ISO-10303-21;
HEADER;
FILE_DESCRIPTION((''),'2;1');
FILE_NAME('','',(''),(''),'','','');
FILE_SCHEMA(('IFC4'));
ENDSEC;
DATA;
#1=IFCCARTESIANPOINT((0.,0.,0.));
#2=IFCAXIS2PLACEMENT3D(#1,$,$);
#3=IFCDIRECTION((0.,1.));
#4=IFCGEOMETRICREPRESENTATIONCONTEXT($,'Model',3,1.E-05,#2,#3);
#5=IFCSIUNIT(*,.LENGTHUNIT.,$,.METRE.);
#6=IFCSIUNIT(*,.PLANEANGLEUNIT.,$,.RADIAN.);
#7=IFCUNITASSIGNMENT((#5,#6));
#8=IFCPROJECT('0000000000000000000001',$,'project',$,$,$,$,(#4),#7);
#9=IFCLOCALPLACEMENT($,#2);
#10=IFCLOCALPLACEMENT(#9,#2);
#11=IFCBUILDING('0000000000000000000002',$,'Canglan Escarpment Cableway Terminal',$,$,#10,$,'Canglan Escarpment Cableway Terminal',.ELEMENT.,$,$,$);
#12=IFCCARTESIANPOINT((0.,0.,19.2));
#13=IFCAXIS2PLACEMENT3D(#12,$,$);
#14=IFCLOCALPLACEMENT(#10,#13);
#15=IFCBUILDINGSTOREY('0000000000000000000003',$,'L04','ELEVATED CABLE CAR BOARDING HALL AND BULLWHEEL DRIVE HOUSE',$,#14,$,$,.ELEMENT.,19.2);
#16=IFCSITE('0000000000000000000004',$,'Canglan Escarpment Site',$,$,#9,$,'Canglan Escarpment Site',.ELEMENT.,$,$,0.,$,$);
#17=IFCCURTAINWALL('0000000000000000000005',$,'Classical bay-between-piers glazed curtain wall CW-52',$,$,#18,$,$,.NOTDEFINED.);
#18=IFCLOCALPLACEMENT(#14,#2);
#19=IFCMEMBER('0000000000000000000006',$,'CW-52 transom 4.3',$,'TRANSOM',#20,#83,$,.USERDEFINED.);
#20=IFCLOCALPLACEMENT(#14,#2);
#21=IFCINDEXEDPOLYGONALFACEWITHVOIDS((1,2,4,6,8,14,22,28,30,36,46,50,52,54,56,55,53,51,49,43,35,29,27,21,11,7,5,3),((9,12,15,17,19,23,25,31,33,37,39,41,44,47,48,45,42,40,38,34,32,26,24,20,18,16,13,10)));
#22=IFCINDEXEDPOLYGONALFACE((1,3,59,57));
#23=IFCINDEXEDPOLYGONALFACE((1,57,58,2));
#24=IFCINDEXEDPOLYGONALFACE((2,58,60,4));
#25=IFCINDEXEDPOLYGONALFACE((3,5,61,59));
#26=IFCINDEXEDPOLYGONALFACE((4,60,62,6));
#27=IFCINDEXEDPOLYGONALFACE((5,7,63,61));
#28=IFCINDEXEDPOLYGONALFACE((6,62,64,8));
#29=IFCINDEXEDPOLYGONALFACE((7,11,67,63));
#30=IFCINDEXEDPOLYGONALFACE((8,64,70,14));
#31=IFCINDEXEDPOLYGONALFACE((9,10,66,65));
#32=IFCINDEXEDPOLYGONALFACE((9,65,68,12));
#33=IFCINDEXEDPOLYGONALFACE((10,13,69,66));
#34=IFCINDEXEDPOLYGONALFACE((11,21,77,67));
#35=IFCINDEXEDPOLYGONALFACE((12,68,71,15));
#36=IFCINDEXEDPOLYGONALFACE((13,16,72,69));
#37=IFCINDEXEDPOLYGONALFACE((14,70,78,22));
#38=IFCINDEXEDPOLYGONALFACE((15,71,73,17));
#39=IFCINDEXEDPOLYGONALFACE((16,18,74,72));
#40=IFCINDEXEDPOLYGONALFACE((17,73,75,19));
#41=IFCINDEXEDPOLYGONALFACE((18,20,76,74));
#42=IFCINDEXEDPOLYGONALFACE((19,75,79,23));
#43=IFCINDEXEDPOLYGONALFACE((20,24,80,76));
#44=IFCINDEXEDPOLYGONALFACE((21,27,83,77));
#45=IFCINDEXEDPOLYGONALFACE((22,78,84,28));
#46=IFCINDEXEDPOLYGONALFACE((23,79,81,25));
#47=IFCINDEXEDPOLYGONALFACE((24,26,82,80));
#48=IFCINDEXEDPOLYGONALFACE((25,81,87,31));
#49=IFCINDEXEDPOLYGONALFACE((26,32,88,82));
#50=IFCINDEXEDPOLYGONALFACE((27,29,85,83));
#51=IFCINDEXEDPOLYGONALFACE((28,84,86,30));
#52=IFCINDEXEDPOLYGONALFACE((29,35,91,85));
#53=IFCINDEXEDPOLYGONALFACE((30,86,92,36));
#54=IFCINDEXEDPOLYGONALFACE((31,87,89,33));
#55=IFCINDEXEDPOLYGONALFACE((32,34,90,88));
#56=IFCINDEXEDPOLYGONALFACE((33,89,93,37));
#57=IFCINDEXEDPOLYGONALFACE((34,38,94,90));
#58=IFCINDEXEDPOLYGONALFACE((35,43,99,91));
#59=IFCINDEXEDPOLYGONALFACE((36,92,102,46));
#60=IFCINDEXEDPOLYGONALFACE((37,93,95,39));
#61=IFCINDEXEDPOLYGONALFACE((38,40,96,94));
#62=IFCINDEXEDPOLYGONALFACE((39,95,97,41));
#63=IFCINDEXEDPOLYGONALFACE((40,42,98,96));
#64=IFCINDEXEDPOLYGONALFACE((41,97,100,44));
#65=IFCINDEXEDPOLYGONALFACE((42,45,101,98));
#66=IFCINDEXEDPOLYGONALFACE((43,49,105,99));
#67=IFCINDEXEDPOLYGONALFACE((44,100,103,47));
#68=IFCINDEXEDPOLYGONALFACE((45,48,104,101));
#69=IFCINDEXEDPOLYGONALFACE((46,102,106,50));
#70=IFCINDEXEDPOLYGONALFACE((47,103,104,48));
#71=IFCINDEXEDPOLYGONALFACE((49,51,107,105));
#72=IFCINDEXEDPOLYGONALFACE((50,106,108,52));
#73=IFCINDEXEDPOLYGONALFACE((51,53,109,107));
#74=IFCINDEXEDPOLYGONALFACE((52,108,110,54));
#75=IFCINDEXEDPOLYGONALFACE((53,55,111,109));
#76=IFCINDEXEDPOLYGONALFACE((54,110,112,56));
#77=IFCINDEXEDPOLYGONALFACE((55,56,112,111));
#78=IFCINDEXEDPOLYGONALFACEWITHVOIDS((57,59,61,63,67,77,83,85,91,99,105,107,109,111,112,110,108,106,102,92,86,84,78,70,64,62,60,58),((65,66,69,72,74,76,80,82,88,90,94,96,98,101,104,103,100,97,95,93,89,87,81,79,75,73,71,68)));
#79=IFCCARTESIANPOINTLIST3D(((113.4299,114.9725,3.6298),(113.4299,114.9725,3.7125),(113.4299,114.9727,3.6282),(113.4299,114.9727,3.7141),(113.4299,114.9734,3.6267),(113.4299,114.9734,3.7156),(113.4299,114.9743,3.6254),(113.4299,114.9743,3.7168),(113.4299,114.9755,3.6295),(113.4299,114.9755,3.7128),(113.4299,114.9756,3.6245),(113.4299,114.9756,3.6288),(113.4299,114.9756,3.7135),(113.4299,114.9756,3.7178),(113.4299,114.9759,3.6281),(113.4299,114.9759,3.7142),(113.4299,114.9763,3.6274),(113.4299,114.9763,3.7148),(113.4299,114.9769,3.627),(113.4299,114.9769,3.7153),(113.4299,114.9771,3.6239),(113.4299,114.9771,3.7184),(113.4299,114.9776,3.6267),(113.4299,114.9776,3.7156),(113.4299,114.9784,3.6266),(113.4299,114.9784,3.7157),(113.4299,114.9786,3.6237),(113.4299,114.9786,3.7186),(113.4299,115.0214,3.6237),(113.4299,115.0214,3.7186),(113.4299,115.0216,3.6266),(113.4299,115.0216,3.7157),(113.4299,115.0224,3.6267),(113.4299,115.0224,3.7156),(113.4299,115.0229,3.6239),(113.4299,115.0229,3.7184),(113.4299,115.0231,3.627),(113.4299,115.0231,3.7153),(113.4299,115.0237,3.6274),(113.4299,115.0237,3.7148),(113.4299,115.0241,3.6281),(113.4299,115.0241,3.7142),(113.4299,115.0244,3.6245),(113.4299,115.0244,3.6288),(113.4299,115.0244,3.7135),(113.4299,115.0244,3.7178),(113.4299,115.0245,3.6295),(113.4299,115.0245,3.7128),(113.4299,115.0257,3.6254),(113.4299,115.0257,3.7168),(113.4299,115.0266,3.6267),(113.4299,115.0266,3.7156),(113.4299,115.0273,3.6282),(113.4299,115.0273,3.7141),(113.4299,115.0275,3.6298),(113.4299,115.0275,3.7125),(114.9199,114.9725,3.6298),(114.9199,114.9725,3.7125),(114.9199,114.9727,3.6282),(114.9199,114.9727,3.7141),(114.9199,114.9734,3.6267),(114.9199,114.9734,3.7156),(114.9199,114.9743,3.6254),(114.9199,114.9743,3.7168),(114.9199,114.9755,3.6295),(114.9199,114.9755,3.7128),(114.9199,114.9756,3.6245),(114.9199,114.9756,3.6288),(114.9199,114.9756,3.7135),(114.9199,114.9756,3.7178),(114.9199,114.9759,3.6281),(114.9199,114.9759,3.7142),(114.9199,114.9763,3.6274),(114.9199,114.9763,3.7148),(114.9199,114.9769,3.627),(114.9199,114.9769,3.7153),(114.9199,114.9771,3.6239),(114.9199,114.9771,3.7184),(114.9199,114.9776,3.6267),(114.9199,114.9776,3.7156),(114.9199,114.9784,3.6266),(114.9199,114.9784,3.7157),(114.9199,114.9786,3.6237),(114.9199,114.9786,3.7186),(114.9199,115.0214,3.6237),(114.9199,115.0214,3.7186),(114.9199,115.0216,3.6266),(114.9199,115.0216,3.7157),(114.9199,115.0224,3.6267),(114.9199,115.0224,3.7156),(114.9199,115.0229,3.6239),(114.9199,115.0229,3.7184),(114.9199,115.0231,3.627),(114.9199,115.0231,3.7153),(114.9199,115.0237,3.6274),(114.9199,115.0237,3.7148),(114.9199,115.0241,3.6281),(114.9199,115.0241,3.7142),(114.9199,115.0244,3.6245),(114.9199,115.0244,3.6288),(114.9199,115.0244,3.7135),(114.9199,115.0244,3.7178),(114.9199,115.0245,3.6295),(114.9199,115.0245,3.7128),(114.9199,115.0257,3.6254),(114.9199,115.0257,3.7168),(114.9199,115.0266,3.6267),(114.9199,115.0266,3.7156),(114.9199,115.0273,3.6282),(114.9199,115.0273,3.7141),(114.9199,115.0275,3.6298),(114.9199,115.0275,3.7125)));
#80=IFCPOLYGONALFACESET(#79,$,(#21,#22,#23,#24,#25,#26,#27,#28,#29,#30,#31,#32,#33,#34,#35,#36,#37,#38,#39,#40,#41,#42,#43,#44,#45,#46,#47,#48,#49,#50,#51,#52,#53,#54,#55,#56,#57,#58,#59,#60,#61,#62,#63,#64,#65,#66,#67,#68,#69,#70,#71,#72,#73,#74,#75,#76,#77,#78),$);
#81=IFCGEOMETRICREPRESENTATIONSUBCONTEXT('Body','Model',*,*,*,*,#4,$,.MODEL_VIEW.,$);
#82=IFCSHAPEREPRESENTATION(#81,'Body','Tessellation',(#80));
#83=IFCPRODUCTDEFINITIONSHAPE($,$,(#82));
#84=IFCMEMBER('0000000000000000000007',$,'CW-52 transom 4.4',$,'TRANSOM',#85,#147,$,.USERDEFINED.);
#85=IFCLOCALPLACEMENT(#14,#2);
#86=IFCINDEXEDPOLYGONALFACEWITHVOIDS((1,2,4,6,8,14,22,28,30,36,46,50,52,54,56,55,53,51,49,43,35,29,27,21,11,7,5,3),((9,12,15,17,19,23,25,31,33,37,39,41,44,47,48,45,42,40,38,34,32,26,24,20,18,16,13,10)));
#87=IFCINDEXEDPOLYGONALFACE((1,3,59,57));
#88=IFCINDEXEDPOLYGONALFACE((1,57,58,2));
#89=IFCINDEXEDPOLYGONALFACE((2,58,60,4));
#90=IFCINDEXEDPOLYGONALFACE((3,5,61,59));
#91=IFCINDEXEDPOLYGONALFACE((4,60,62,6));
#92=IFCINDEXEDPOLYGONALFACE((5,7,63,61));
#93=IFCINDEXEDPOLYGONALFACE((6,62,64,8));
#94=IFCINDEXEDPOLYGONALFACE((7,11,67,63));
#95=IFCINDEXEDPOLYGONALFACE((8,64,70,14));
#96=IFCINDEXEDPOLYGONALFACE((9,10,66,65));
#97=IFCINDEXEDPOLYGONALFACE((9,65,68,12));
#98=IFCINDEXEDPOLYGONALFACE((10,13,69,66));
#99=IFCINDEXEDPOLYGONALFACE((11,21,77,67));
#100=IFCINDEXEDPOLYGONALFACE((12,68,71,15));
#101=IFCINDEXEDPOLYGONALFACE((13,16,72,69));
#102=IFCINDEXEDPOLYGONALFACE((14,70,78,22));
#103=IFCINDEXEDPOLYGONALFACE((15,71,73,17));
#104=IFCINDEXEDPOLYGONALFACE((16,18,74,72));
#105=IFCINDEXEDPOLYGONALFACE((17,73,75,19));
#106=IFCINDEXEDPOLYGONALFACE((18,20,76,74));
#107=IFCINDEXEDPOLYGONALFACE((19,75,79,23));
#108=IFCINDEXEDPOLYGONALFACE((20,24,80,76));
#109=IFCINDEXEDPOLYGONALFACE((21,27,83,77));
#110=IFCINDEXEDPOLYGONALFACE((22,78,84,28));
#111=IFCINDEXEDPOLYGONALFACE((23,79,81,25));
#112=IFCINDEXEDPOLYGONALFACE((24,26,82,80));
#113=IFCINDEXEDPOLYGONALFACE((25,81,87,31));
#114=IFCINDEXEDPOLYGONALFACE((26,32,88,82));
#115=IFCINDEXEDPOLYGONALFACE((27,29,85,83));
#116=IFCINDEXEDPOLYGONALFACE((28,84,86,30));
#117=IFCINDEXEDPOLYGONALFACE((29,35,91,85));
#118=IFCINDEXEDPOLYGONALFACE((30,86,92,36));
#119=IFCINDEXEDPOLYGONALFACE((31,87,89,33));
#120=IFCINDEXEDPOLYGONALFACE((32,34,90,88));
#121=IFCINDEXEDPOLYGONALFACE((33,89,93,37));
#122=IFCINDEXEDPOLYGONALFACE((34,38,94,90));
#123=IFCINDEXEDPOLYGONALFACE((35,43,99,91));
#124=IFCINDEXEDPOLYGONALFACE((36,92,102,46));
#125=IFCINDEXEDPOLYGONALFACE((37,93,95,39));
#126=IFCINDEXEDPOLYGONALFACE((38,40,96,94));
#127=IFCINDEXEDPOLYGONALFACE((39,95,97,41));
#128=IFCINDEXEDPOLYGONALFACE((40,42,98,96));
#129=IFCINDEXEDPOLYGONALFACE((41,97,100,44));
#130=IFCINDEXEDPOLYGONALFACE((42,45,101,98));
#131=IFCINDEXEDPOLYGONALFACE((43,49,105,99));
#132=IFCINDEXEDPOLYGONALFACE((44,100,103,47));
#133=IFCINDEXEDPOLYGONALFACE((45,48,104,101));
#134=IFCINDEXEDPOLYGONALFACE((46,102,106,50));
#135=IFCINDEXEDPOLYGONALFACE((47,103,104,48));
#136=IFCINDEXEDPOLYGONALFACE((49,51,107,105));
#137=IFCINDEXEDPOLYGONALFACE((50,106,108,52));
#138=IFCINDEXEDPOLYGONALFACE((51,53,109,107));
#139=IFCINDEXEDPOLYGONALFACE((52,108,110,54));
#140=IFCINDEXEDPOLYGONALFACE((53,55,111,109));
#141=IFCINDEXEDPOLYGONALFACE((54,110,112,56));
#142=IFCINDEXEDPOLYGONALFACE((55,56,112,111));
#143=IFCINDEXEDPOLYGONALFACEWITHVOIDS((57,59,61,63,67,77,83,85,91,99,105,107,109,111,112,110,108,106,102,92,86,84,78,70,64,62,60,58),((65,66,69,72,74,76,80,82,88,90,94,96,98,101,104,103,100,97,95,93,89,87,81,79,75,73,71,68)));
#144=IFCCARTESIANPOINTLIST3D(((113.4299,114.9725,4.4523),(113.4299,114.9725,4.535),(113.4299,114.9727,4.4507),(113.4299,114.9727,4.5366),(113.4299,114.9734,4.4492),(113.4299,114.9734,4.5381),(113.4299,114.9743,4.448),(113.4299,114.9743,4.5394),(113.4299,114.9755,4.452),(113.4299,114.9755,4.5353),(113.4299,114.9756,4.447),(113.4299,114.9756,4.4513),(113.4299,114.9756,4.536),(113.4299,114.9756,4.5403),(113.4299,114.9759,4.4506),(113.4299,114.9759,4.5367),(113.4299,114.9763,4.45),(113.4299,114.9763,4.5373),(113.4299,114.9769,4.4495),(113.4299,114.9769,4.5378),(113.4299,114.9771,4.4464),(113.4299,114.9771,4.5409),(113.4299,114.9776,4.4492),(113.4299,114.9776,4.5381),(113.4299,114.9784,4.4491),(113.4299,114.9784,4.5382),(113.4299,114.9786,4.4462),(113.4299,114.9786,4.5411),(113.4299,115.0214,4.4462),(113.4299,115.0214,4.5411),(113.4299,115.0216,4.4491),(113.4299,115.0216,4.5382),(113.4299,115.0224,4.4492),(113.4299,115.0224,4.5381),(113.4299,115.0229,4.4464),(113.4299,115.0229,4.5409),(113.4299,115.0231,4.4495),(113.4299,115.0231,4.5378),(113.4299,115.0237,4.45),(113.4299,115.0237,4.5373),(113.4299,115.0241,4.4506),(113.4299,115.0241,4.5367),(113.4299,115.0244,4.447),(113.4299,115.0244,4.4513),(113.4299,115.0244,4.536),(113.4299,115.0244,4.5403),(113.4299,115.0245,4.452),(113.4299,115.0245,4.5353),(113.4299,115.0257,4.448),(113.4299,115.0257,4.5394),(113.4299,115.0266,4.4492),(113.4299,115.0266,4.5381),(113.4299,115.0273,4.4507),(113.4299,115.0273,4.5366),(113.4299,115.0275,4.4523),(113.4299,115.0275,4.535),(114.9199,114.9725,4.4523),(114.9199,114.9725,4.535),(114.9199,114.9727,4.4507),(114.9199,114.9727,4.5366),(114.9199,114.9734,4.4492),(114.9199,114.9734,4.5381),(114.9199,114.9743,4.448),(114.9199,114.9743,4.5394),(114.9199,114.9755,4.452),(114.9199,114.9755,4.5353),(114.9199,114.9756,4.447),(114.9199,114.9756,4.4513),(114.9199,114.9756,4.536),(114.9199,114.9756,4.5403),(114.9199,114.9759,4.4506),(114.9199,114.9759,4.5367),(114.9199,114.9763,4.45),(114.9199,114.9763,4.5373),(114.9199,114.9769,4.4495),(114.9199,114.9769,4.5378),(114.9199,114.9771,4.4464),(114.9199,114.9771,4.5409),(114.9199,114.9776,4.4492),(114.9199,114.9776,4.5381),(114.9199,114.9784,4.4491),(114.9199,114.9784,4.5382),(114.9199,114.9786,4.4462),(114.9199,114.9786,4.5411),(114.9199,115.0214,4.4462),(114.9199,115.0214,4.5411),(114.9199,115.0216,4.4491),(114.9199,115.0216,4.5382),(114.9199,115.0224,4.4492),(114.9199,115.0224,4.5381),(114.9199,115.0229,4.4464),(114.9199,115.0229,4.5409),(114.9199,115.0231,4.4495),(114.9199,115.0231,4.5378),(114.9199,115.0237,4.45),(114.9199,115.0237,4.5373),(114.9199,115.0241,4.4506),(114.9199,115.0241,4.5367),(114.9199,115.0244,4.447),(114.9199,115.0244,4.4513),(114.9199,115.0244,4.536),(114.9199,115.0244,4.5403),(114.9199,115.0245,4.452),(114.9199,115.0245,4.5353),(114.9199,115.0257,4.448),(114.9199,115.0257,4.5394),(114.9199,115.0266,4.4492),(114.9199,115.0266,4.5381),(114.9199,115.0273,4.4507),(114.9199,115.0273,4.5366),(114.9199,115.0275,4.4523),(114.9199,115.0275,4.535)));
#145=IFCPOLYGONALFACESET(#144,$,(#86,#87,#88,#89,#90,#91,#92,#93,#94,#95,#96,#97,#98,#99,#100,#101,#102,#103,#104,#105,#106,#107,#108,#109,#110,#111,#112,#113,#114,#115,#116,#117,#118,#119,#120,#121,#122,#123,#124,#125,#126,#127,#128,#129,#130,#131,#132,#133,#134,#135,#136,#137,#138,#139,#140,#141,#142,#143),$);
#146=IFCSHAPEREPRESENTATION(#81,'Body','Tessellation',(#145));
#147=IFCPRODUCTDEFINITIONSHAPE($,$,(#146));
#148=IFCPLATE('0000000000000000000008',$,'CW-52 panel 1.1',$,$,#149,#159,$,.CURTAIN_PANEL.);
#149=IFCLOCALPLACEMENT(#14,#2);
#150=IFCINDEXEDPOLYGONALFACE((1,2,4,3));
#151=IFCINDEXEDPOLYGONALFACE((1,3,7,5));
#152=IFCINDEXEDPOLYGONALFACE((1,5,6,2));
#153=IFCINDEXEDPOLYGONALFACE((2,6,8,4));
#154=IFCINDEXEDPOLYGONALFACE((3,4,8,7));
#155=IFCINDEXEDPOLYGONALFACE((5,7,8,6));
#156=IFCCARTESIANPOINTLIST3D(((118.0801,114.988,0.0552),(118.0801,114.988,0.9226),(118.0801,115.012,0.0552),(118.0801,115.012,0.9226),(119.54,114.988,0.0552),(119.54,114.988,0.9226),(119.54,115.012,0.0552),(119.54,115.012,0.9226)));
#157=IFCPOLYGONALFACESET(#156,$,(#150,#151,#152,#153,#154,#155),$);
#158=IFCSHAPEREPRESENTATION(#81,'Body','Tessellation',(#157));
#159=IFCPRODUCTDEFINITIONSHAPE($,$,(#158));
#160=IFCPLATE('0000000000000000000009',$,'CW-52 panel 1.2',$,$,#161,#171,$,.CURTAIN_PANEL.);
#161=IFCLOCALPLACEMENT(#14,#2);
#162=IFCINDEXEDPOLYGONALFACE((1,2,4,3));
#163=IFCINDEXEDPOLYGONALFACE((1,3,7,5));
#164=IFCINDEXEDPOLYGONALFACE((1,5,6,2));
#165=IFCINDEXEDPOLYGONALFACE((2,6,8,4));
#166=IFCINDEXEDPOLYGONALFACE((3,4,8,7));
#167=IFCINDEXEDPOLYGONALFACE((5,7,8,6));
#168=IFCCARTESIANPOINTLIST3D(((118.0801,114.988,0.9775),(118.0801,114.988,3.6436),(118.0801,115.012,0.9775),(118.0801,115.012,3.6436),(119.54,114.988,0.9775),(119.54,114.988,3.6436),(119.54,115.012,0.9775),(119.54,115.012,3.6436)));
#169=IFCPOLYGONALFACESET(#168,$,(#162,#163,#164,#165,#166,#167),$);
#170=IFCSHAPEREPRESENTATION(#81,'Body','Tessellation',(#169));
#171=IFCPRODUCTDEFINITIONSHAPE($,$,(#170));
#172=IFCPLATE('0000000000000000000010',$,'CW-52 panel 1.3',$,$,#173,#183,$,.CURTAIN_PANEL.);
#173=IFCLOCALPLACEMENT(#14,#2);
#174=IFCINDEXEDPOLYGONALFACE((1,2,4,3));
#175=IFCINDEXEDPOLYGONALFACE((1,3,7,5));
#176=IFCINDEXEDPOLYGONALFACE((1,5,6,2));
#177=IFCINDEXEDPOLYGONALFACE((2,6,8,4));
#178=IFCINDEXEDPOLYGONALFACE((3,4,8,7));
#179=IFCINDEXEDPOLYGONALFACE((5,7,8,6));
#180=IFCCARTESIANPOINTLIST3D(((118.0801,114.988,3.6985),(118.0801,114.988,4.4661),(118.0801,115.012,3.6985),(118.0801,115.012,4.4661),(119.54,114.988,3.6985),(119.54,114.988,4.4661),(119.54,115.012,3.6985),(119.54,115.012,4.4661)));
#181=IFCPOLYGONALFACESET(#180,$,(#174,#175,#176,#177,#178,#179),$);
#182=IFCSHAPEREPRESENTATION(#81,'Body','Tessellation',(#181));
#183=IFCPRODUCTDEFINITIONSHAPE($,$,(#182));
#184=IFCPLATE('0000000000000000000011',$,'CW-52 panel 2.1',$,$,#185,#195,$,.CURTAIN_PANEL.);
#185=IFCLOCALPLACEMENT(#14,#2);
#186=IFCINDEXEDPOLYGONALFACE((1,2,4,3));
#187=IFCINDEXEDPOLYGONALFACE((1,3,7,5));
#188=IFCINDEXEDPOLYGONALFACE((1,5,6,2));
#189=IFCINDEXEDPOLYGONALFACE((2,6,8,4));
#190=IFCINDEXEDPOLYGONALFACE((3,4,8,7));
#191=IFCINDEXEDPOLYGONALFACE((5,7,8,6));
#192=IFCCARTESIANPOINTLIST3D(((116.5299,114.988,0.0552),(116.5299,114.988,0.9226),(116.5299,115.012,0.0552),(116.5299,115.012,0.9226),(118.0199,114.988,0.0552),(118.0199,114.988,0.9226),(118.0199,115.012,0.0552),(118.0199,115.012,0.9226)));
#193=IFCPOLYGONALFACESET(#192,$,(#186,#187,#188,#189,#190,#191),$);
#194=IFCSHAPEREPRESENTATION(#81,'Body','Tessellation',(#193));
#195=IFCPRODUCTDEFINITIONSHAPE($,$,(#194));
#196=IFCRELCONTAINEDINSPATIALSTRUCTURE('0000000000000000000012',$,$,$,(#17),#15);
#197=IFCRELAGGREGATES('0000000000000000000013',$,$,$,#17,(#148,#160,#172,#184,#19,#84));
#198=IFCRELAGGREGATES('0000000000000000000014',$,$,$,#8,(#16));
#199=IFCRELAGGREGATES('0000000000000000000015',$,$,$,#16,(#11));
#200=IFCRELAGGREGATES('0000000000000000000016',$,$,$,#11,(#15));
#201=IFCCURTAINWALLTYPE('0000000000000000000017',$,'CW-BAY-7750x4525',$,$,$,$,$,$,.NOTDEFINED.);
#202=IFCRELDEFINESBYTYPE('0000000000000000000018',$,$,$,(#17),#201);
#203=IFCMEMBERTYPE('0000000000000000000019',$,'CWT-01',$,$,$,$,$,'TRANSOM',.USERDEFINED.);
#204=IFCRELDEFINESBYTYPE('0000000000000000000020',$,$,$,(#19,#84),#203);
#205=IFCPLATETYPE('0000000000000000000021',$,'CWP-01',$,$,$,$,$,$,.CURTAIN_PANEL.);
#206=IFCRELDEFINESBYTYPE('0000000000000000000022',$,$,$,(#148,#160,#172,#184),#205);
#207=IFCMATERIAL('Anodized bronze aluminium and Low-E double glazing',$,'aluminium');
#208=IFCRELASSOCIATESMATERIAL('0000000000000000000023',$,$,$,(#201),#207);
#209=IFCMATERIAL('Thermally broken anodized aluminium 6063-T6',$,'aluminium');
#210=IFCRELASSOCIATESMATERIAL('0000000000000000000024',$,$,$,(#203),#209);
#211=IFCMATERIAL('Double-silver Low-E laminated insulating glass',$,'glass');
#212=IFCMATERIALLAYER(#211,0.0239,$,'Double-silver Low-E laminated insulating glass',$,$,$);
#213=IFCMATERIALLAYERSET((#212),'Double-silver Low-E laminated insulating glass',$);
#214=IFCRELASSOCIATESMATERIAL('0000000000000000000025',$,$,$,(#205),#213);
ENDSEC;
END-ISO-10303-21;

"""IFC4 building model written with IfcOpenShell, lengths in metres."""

from ifc_helpers import new_model, si_unit, direction, frame, origin, origin_2d, place, context, subcontext, project, spatial, rectangle, hollow_rectangle, extrude, material, layer, layer_set, material_profile, profile_set, type_object, element, aggregate, save


model = new_model("IFC4")

# Units and contexts
model_context = context("Model", 3, precision=1e-05, world=origin(), true_north=direction((0.0, 1.0)))
body_context = subcontext(model_context, "Body", "Model", "MODEL_VIEW")
ifc_project = project(units=[si_unit("LENGTHUNIT", "METRE"), si_unit("PLANEANGLEUNIT", "RADIAN")], contexts=[model_context])

# Site, building, storey
site_placement = place(None, origin())
site = spatial("IfcSite", under=ifc_project, at=site_placement, Name="Canglan Escarpment Site", LongName="Canglan Escarpment Site", CompositionType="ELEMENT", RefElevation=0.0)
building_placement = place(site_placement, origin())
building = spatial("IfcBuilding", under=site, at=building_placement, Name="Canglan Escarpment Cableway Terminal", LongName="Canglan Escarpment Cableway Terminal", CompositionType="ELEMENT")
storey_placement = place(building_placement, frame((0.0, 0.0, 19.2)))
storey = spatial("IfcBuildingStorey", under=building, at=storey_placement, Name="L04", Description="ELEVATED CABLE CAR BOARDING HALL AND BULLWHEEL DRIVE HOUSE", CompositionType="ELEMENT", Elevation=19.2)

# Curtain wall, members, plates
ifc_material_1 = material(Name="Anodized bronze aluminium and Low-E double glazing", Category="aluminium")
curtain_wall_type = type_object("IfcCurtainWallType", Name="CW-BAY-7750x4525", PredefinedType="NOTDEFINED", material=ifc_material_1)
curtain_wall_placement = place(storey_placement, origin())
curtain_wall = element("IfcCurtainWall", 1, at=curtain_wall_placement, inside=storey, type_object=curtain_wall_type, Name="Classical bay-between-piers glazed curtain wall CW-52", PredefinedType="NOTDEFINED")
ifc_material_2 = material(Name="Thermally broken anodized aluminium 6063-T6", Category="aluminium")
ifc_material_profile_1 = material_profile(ifc_material_2, hollow_rectangle(XDim=0.0549, YDim=0.095, WallThickness=0.0029, InnerFilletRadius=0.0029, OuterFilletRadius=0.0061, at=origin_2d()), Name="ALU-TRAN 55x95x3")
ifc_profile_set_1 = profile_set([ifc_material_profile_1], Name="Thermally broken anodized aluminium 6063-T6")
member_type_1 = type_object("IfcMemberType", Name="CWT-01", ElementType="TRANSOM", PredefinedType="USERDEFINED", material=ifc_profile_set_1)
member_1_placement = place(storey_placement, frame((114.9199, 115.0, 3.6711), z_axis=(-1.0, 0.0, 0.0), x_axis=(0.0, -1.0, 0.0)))
member_1 = element("IfcMember", 2, at=member_1_placement, type_object=member_type_1, Name="CW-52 transom 4.3", ObjectType="TRANSOM", PredefinedType="USERDEFINED", context=body_context, shape_type="SweptSolid", body=[
    extrude(hollow_rectangle(XDim=0.0549, YDim=0.095, WallThickness=0.0029, InnerFilletRadius=0.0029, OuterFilletRadius=0.0061, at=origin_2d()), origin(), (0.0, 0.0, 1.0), 1.49),
])
member_2_placement = place(storey_placement, frame((114.9199, 115.0, 4.4937), z_axis=(-1.0, 0.0, 0.0), x_axis=(0.0, -1.0, 0.0)))
member_2 = element("IfcMember", 3, at=member_2_placement, type_object=member_type_1, Name="CW-52 transom 4.4", ObjectType="TRANSOM", PredefinedType="USERDEFINED", context=body_context, shape_type="SweptSolid", body=[
    extrude(hollow_rectangle(XDim=0.0549, YDim=0.095, WallThickness=0.0029, InnerFilletRadius=0.0029, OuterFilletRadius=0.0061, at=origin_2d()), origin(), (0.0, 0.0, 1.0), 1.49),
])
ifc_material_3 = material(Name="Double-silver Low-E laminated insulating glass", Category="glass")
ifc_layer = layer(ifc_material_3, 0.0239, Name="Double-silver Low-E laminated insulating glass")
ifc_layer_set = layer_set([ifc_layer], Name="Double-silver Low-E laminated insulating glass")
plate_type = type_object("IfcPlateType", Name="CWP-01", PredefinedType="CURTAIN_PANEL", material=ifc_layer_set)
plate_1_placement = place(storey_placement, frame((118.8101, 115.0, 0.0552), z_axis=(0.0, 0.0, 1.0), x_axis=(-1.0, 0.0, 0.0)))
plate_1 = element("IfcPlate", 4, at=plate_1_placement, type_object=plate_type, Name="CW-52 panel 1.1", PredefinedType="CURTAIN_PANEL", context=body_context, shape_type="SweptSolid", body=[
    extrude(rectangle(XDim=1.46, YDim=0.0239, at=origin_2d()), origin(), (0.0, 0.0, 1.0), 0.8674),
])
plate_2_placement = place(storey_placement, frame((118.8101, 115.0, 0.9775), z_axis=(0.0, 0.0, 1.0), x_axis=(-1.0, 0.0, 0.0)))
plate_2 = element("IfcPlate", 5, at=plate_2_placement, type_object=plate_type, Name="CW-52 panel 1.2", PredefinedType="CURTAIN_PANEL", context=body_context, shape_type="SweptSolid", body=[
    extrude(rectangle(XDim=1.46, YDim=0.0239, at=origin_2d()), origin(), (0.0, 0.0, 1.0), 2.666),
])
plate_3_placement = place(storey_placement, frame((118.8101, 115.0, 3.6985), z_axis=(0.0, 0.0, 1.0), x_axis=(-1.0, 0.0, 0.0)))
plate_3 = element("IfcPlate", 6, at=plate_3_placement, type_object=plate_type, Name="CW-52 panel 1.3", PredefinedType="CURTAIN_PANEL", context=body_context, shape_type="SweptSolid", body=[
    extrude(rectangle(XDim=1.46, YDim=0.0239, at=origin_2d()), origin(), (0.0, 0.0, 1.0), 0.7676),
])
plate_4_placement = place(storey_placement, frame((117.2749, 115.0, 0.0552), z_axis=(0.0, 0.0, 1.0), x_axis=(-1.0, 0.0, 0.0)))
plate_4 = element("IfcPlate", 7, at=plate_4_placement, type_object=plate_type, Name="CW-52 panel 2.1", PredefinedType="CURTAIN_PANEL", context=body_context, shape_type="SweptSolid", body=[
    extrude(rectangle(XDim=1.49, YDim=0.0239, at=origin_2d()), origin(), (0.0, 0.0, 1.0), 0.8674),
])
aggregate(curtain_wall, [plate_1, plate_2, plate_3, plate_4, member_1, member_2])

save(model, "model.ifc")
